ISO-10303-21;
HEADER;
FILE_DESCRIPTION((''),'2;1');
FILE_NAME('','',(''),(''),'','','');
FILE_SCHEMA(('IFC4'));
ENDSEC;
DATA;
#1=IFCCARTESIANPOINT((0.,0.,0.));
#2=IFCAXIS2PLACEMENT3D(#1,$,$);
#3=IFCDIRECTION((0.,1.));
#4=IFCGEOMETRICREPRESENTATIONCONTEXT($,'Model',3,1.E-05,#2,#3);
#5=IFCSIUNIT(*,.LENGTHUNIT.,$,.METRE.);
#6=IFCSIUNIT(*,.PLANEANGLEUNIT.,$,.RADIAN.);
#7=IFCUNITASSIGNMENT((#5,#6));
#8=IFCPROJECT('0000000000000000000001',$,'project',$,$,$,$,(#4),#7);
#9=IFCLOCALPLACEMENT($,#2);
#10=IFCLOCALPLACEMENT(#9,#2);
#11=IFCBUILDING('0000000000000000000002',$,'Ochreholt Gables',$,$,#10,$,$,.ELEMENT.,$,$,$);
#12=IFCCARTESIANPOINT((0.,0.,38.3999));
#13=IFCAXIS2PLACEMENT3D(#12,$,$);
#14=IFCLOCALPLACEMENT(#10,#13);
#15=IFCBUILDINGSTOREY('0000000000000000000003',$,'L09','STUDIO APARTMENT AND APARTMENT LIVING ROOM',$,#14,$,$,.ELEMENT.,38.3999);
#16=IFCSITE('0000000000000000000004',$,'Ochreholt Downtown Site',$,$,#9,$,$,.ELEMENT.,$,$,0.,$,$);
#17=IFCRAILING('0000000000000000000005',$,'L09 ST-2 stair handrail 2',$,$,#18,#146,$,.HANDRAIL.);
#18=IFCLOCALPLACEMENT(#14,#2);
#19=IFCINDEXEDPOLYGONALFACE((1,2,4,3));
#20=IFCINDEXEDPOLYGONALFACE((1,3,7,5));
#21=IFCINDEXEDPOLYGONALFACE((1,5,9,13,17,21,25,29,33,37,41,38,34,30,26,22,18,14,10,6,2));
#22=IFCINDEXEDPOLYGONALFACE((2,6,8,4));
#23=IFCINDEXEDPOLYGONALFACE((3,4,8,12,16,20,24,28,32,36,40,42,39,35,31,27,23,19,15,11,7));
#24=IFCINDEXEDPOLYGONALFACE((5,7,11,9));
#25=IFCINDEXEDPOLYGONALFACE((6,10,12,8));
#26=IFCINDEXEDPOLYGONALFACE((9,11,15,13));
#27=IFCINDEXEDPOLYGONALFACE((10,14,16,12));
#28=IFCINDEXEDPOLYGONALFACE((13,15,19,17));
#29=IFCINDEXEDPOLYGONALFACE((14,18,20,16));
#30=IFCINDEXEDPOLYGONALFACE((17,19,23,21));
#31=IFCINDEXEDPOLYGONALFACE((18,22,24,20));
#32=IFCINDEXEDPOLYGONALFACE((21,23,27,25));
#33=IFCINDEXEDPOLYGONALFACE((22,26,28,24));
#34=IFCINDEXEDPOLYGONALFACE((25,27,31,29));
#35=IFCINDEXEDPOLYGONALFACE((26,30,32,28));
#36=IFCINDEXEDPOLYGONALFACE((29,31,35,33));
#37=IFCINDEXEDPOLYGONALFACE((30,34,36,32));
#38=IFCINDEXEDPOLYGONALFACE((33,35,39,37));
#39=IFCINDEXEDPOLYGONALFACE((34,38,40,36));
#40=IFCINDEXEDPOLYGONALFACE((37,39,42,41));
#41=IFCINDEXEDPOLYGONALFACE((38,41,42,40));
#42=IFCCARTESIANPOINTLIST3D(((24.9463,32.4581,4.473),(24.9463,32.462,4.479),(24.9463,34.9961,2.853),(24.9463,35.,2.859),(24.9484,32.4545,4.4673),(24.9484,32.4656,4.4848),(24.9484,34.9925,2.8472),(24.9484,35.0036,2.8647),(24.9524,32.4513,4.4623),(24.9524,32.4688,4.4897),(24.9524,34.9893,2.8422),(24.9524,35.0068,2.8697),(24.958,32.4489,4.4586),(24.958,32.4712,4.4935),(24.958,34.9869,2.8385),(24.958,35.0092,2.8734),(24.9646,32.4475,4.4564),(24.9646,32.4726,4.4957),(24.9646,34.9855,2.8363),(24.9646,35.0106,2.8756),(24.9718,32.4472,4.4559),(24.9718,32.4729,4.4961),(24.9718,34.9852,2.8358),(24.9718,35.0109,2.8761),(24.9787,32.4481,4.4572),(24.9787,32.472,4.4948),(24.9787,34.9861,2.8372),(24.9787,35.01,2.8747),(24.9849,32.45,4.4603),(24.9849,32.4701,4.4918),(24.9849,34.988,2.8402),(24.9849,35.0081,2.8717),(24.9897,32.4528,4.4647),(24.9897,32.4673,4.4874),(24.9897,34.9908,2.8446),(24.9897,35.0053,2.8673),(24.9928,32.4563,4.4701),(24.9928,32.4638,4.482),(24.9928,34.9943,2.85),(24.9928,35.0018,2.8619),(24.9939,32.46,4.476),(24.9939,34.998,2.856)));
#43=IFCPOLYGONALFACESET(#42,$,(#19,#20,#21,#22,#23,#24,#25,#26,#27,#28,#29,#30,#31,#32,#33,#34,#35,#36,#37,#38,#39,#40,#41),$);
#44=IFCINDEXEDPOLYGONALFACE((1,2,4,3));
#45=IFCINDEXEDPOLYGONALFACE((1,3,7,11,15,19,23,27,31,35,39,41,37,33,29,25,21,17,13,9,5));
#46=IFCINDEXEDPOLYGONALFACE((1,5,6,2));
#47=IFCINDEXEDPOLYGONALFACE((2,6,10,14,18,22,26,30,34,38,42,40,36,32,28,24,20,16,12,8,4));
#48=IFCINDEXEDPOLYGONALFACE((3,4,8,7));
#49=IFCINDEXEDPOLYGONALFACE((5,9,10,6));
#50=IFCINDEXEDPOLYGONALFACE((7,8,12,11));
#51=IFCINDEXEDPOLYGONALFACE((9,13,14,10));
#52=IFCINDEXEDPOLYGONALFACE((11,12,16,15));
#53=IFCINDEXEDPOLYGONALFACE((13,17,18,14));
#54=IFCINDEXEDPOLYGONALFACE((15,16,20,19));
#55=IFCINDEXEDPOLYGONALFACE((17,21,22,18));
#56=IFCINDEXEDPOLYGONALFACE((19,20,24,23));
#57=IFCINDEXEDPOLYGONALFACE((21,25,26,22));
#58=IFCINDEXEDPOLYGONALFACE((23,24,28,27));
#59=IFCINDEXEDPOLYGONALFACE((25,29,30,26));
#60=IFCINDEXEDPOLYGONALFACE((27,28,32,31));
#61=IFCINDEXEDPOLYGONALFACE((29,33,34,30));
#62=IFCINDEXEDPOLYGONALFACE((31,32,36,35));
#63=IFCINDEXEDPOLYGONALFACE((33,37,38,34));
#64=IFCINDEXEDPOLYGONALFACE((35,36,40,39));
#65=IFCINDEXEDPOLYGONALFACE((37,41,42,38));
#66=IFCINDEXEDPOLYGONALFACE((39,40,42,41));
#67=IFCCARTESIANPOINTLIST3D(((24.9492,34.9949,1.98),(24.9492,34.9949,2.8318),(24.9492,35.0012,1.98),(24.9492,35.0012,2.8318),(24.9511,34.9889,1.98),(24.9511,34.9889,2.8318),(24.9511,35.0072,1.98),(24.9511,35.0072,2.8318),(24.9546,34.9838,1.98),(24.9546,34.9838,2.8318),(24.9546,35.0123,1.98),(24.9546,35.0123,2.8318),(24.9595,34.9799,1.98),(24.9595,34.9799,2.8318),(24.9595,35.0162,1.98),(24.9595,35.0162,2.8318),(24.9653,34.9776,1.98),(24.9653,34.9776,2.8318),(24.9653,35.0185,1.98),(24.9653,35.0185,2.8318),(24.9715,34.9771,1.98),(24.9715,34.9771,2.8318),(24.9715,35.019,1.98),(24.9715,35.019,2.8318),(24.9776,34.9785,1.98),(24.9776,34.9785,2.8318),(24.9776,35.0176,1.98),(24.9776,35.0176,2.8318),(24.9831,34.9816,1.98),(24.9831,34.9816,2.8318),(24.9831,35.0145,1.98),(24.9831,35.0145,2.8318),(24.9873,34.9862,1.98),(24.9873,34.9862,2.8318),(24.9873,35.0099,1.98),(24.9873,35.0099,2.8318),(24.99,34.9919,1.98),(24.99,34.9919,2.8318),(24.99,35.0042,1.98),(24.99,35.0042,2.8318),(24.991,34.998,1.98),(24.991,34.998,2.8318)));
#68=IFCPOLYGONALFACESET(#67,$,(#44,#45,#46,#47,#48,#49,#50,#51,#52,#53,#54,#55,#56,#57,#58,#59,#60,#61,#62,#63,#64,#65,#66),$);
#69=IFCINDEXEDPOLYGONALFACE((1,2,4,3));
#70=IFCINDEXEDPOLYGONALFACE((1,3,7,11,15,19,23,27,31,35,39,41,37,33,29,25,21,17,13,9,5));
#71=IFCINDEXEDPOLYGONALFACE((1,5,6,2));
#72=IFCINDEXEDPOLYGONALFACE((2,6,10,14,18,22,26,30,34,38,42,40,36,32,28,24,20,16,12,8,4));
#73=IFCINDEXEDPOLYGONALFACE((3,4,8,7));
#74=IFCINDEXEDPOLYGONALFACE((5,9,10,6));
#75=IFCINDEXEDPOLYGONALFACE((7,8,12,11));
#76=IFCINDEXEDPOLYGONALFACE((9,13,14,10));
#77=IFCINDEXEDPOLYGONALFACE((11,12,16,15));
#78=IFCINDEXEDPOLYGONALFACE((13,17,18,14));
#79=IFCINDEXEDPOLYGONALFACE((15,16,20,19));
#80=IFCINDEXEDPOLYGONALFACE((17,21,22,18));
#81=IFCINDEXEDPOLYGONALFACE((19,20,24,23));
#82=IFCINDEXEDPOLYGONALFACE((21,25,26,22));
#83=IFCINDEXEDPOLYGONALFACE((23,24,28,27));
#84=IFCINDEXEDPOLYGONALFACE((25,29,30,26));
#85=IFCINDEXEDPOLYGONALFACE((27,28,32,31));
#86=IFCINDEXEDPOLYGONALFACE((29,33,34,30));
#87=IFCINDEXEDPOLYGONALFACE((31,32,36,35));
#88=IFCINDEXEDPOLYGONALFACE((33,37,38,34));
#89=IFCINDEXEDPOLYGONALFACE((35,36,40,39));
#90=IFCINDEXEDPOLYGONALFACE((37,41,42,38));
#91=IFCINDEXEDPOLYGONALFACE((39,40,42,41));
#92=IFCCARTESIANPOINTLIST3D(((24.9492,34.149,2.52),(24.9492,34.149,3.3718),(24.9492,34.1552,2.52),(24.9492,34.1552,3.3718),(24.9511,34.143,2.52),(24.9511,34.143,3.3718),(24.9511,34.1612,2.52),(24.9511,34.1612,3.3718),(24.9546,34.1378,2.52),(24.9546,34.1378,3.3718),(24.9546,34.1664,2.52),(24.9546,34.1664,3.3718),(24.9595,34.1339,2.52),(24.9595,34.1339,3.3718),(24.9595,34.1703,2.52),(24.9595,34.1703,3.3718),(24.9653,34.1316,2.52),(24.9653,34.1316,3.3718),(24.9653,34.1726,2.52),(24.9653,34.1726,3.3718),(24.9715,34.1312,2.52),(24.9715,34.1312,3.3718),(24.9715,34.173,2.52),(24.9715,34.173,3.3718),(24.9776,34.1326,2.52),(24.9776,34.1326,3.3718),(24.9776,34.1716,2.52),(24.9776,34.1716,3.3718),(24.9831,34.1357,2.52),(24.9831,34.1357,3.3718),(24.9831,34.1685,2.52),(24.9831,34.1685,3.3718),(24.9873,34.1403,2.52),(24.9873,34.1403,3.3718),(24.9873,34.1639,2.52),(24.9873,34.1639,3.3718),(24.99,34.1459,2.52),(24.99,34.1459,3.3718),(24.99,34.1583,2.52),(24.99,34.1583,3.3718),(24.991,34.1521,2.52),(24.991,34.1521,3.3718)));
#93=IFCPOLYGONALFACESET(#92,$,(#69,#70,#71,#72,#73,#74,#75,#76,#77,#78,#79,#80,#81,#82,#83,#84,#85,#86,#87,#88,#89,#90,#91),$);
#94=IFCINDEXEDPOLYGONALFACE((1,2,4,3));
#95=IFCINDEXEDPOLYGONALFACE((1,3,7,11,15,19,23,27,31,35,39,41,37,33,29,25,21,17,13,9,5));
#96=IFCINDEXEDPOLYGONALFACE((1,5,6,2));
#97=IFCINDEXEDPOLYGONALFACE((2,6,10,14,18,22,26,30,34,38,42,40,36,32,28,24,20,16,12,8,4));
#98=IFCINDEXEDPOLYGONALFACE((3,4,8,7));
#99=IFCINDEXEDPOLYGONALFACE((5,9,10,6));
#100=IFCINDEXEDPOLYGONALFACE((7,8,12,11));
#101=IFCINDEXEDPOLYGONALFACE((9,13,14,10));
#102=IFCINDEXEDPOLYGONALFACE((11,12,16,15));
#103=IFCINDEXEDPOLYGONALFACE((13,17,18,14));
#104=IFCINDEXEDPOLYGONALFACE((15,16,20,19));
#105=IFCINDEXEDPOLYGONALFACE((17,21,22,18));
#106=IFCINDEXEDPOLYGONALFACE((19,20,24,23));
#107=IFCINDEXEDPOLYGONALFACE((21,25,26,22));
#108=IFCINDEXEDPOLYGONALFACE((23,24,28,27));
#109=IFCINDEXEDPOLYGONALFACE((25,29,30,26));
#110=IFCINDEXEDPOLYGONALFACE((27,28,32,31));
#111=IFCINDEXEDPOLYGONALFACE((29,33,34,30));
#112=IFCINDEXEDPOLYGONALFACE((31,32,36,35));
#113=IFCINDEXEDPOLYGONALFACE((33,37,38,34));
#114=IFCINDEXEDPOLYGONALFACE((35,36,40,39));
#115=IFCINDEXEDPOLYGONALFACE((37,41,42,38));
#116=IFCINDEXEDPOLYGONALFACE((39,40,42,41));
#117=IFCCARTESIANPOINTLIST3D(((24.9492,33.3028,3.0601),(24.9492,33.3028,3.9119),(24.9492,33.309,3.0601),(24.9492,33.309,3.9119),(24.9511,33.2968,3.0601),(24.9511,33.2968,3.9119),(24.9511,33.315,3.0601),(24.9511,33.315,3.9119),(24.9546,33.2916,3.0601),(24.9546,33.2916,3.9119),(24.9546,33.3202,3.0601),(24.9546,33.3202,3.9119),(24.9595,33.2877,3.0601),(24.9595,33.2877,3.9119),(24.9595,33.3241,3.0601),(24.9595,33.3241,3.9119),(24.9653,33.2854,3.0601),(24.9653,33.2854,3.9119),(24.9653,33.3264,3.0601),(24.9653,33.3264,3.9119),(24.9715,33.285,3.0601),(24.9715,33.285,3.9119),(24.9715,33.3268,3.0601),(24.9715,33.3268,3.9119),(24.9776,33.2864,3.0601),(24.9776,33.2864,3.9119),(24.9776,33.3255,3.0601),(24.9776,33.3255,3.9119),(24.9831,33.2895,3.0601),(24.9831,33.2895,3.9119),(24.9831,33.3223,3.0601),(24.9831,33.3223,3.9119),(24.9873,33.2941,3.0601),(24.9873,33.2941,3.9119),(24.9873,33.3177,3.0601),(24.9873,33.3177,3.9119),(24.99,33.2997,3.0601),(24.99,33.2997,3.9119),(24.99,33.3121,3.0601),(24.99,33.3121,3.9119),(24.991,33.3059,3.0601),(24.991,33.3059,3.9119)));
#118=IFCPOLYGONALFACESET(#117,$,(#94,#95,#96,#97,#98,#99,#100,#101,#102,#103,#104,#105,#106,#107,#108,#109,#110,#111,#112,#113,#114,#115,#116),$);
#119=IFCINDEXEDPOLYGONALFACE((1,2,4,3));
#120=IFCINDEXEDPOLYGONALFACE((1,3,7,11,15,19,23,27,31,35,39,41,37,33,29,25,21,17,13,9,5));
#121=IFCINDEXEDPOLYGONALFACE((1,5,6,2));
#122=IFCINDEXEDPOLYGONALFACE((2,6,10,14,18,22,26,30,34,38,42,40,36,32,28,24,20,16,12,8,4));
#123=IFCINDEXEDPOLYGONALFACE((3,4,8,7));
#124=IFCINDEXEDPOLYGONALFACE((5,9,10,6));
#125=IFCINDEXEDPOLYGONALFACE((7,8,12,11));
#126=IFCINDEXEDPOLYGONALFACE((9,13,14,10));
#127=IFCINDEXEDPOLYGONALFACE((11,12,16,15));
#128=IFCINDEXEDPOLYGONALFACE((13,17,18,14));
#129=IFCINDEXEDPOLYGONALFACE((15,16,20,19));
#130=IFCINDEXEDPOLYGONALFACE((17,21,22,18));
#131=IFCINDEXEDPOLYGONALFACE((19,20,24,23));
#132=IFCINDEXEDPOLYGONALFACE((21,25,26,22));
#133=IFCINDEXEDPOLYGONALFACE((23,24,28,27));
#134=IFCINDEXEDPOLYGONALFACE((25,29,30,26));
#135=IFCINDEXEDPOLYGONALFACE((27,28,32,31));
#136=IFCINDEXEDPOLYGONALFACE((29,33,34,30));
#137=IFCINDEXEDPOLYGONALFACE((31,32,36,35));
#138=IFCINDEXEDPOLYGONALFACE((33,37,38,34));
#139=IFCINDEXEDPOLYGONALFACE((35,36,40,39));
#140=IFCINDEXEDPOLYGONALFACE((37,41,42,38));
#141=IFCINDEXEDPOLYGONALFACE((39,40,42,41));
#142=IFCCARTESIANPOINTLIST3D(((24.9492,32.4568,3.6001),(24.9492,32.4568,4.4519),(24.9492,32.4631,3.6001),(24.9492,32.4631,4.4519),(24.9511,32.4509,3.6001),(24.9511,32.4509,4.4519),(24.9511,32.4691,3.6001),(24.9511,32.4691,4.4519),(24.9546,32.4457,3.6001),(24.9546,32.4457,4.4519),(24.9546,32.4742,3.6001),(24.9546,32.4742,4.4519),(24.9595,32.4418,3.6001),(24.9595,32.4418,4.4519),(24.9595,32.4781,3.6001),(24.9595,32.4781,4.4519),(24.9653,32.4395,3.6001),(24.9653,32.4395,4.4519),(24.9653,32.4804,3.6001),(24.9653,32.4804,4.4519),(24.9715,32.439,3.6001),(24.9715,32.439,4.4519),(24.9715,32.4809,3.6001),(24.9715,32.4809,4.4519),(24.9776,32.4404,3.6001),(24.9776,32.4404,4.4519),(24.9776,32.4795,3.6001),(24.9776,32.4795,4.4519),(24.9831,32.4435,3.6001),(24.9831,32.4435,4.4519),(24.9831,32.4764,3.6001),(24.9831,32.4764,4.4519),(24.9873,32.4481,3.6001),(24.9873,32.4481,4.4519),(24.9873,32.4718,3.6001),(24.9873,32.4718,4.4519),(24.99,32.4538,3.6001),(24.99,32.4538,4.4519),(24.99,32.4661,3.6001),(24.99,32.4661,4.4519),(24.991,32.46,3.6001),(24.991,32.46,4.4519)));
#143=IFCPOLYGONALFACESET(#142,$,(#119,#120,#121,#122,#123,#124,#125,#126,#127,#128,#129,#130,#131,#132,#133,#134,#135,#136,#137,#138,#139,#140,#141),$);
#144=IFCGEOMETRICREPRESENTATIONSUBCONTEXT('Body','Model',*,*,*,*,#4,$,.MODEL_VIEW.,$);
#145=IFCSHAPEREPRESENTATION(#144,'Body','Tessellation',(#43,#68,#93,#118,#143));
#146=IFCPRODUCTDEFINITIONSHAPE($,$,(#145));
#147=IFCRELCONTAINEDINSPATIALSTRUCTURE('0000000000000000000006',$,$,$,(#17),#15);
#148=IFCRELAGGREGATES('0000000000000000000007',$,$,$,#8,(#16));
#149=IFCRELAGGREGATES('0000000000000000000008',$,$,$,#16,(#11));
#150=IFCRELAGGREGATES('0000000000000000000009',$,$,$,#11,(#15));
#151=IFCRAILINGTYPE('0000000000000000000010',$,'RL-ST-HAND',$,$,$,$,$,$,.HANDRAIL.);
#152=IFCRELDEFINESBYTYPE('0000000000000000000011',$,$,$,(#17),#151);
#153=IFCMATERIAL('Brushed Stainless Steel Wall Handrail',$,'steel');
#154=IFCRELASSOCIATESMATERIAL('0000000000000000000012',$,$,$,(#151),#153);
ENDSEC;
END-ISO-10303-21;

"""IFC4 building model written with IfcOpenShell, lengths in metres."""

from ifc_helpers import new_model, si_unit, direction, frame, origin, origin_2d, place, context, subcontext, project, spatial, circle, extrude, material, type_object, element, save


model = new_model("IFC4")

# Units and contexts
model_context = context("Model", 3, precision=1e-05, world=origin(), true_north=direction((0.0, 1.0)))
body_context = subcontext(model_context, "Body", "Model", "MODEL_VIEW")
ifc_project = project(units=[si_unit("LENGTHUNIT", "METRE"), si_unit("PLANEANGLEUNIT", "RADIAN")], contexts=[model_context])

# Site, building, storey
site_placement = place(None, origin())
site = spatial("IfcSite", under=ifc_project, at=site_placement, Name="Ochreholt Downtown Site", CompositionType="ELEMENT", RefElevation=0.0)
building_placement = place(site_placement, origin())
building = spatial("IfcBuilding", under=site, at=building_placement, Name="Ochreholt Gables", CompositionType="ELEMENT")
storey_placement = place(building_placement, frame((0.0, 0.0, 38.3999)))
storey = spatial("IfcBuildingStorey", under=building, at=storey_placement, Name="L09", Description="STUDIO APARTMENT AND APARTMENT LIVING ROOM", CompositionType="ELEMENT", Elevation=38.3999)

# Railing
ifc_material_1 = material(Name="Brushed Stainless Steel Wall Handrail", Category="steel")
railing_type_1 = type_object("IfcRailingType", Name="RL-ST-HAND", PredefinedType="HANDRAIL", material=ifc_material_1)
railing_1_placement = place(storey_placement, frame((24.97, 34.998, 1.98)))
element("IfcRailing", 1, at=railing_1_placement, inside=storey, type_object=railing_type_1, Name="L09 ST-2 stair handrail 2", PredefinedType="HANDRAIL", context=body_context, shape_type="SweptSolid", body=[
    extrude(circle(Radius=0.0239, at=origin_2d()), frame((0.0, 0.0, 0.876), z_axis=(0.0, -0.842913, 0.53805), x_axis=(1.0, 0.0, 0.0)), (0.0, 0.0, 1.0), 3.011),
    extrude(circle(Radius=0.021, at=origin_2d()), origin(), (0.0, 0.0, 1.0), 0.8518),
    extrude(circle(Radius=0.021, at=origin_2d()), frame((0.0, -0.8459, 0.54)), (0.0, 0.0, 1.0), 0.8518),
    extrude(circle(Radius=0.021, at=origin_2d()), frame((0.0, -1.6921, 1.0801)), (0.0, 0.0, 1.0), 0.8518),
    extrude(circle(Radius=0.021, at=origin_2d()), frame((0.0, -2.5381, 1.6201)), (0.0, 0.0, 1.0), 0.8518),
])

save(model, "model.ifc")
